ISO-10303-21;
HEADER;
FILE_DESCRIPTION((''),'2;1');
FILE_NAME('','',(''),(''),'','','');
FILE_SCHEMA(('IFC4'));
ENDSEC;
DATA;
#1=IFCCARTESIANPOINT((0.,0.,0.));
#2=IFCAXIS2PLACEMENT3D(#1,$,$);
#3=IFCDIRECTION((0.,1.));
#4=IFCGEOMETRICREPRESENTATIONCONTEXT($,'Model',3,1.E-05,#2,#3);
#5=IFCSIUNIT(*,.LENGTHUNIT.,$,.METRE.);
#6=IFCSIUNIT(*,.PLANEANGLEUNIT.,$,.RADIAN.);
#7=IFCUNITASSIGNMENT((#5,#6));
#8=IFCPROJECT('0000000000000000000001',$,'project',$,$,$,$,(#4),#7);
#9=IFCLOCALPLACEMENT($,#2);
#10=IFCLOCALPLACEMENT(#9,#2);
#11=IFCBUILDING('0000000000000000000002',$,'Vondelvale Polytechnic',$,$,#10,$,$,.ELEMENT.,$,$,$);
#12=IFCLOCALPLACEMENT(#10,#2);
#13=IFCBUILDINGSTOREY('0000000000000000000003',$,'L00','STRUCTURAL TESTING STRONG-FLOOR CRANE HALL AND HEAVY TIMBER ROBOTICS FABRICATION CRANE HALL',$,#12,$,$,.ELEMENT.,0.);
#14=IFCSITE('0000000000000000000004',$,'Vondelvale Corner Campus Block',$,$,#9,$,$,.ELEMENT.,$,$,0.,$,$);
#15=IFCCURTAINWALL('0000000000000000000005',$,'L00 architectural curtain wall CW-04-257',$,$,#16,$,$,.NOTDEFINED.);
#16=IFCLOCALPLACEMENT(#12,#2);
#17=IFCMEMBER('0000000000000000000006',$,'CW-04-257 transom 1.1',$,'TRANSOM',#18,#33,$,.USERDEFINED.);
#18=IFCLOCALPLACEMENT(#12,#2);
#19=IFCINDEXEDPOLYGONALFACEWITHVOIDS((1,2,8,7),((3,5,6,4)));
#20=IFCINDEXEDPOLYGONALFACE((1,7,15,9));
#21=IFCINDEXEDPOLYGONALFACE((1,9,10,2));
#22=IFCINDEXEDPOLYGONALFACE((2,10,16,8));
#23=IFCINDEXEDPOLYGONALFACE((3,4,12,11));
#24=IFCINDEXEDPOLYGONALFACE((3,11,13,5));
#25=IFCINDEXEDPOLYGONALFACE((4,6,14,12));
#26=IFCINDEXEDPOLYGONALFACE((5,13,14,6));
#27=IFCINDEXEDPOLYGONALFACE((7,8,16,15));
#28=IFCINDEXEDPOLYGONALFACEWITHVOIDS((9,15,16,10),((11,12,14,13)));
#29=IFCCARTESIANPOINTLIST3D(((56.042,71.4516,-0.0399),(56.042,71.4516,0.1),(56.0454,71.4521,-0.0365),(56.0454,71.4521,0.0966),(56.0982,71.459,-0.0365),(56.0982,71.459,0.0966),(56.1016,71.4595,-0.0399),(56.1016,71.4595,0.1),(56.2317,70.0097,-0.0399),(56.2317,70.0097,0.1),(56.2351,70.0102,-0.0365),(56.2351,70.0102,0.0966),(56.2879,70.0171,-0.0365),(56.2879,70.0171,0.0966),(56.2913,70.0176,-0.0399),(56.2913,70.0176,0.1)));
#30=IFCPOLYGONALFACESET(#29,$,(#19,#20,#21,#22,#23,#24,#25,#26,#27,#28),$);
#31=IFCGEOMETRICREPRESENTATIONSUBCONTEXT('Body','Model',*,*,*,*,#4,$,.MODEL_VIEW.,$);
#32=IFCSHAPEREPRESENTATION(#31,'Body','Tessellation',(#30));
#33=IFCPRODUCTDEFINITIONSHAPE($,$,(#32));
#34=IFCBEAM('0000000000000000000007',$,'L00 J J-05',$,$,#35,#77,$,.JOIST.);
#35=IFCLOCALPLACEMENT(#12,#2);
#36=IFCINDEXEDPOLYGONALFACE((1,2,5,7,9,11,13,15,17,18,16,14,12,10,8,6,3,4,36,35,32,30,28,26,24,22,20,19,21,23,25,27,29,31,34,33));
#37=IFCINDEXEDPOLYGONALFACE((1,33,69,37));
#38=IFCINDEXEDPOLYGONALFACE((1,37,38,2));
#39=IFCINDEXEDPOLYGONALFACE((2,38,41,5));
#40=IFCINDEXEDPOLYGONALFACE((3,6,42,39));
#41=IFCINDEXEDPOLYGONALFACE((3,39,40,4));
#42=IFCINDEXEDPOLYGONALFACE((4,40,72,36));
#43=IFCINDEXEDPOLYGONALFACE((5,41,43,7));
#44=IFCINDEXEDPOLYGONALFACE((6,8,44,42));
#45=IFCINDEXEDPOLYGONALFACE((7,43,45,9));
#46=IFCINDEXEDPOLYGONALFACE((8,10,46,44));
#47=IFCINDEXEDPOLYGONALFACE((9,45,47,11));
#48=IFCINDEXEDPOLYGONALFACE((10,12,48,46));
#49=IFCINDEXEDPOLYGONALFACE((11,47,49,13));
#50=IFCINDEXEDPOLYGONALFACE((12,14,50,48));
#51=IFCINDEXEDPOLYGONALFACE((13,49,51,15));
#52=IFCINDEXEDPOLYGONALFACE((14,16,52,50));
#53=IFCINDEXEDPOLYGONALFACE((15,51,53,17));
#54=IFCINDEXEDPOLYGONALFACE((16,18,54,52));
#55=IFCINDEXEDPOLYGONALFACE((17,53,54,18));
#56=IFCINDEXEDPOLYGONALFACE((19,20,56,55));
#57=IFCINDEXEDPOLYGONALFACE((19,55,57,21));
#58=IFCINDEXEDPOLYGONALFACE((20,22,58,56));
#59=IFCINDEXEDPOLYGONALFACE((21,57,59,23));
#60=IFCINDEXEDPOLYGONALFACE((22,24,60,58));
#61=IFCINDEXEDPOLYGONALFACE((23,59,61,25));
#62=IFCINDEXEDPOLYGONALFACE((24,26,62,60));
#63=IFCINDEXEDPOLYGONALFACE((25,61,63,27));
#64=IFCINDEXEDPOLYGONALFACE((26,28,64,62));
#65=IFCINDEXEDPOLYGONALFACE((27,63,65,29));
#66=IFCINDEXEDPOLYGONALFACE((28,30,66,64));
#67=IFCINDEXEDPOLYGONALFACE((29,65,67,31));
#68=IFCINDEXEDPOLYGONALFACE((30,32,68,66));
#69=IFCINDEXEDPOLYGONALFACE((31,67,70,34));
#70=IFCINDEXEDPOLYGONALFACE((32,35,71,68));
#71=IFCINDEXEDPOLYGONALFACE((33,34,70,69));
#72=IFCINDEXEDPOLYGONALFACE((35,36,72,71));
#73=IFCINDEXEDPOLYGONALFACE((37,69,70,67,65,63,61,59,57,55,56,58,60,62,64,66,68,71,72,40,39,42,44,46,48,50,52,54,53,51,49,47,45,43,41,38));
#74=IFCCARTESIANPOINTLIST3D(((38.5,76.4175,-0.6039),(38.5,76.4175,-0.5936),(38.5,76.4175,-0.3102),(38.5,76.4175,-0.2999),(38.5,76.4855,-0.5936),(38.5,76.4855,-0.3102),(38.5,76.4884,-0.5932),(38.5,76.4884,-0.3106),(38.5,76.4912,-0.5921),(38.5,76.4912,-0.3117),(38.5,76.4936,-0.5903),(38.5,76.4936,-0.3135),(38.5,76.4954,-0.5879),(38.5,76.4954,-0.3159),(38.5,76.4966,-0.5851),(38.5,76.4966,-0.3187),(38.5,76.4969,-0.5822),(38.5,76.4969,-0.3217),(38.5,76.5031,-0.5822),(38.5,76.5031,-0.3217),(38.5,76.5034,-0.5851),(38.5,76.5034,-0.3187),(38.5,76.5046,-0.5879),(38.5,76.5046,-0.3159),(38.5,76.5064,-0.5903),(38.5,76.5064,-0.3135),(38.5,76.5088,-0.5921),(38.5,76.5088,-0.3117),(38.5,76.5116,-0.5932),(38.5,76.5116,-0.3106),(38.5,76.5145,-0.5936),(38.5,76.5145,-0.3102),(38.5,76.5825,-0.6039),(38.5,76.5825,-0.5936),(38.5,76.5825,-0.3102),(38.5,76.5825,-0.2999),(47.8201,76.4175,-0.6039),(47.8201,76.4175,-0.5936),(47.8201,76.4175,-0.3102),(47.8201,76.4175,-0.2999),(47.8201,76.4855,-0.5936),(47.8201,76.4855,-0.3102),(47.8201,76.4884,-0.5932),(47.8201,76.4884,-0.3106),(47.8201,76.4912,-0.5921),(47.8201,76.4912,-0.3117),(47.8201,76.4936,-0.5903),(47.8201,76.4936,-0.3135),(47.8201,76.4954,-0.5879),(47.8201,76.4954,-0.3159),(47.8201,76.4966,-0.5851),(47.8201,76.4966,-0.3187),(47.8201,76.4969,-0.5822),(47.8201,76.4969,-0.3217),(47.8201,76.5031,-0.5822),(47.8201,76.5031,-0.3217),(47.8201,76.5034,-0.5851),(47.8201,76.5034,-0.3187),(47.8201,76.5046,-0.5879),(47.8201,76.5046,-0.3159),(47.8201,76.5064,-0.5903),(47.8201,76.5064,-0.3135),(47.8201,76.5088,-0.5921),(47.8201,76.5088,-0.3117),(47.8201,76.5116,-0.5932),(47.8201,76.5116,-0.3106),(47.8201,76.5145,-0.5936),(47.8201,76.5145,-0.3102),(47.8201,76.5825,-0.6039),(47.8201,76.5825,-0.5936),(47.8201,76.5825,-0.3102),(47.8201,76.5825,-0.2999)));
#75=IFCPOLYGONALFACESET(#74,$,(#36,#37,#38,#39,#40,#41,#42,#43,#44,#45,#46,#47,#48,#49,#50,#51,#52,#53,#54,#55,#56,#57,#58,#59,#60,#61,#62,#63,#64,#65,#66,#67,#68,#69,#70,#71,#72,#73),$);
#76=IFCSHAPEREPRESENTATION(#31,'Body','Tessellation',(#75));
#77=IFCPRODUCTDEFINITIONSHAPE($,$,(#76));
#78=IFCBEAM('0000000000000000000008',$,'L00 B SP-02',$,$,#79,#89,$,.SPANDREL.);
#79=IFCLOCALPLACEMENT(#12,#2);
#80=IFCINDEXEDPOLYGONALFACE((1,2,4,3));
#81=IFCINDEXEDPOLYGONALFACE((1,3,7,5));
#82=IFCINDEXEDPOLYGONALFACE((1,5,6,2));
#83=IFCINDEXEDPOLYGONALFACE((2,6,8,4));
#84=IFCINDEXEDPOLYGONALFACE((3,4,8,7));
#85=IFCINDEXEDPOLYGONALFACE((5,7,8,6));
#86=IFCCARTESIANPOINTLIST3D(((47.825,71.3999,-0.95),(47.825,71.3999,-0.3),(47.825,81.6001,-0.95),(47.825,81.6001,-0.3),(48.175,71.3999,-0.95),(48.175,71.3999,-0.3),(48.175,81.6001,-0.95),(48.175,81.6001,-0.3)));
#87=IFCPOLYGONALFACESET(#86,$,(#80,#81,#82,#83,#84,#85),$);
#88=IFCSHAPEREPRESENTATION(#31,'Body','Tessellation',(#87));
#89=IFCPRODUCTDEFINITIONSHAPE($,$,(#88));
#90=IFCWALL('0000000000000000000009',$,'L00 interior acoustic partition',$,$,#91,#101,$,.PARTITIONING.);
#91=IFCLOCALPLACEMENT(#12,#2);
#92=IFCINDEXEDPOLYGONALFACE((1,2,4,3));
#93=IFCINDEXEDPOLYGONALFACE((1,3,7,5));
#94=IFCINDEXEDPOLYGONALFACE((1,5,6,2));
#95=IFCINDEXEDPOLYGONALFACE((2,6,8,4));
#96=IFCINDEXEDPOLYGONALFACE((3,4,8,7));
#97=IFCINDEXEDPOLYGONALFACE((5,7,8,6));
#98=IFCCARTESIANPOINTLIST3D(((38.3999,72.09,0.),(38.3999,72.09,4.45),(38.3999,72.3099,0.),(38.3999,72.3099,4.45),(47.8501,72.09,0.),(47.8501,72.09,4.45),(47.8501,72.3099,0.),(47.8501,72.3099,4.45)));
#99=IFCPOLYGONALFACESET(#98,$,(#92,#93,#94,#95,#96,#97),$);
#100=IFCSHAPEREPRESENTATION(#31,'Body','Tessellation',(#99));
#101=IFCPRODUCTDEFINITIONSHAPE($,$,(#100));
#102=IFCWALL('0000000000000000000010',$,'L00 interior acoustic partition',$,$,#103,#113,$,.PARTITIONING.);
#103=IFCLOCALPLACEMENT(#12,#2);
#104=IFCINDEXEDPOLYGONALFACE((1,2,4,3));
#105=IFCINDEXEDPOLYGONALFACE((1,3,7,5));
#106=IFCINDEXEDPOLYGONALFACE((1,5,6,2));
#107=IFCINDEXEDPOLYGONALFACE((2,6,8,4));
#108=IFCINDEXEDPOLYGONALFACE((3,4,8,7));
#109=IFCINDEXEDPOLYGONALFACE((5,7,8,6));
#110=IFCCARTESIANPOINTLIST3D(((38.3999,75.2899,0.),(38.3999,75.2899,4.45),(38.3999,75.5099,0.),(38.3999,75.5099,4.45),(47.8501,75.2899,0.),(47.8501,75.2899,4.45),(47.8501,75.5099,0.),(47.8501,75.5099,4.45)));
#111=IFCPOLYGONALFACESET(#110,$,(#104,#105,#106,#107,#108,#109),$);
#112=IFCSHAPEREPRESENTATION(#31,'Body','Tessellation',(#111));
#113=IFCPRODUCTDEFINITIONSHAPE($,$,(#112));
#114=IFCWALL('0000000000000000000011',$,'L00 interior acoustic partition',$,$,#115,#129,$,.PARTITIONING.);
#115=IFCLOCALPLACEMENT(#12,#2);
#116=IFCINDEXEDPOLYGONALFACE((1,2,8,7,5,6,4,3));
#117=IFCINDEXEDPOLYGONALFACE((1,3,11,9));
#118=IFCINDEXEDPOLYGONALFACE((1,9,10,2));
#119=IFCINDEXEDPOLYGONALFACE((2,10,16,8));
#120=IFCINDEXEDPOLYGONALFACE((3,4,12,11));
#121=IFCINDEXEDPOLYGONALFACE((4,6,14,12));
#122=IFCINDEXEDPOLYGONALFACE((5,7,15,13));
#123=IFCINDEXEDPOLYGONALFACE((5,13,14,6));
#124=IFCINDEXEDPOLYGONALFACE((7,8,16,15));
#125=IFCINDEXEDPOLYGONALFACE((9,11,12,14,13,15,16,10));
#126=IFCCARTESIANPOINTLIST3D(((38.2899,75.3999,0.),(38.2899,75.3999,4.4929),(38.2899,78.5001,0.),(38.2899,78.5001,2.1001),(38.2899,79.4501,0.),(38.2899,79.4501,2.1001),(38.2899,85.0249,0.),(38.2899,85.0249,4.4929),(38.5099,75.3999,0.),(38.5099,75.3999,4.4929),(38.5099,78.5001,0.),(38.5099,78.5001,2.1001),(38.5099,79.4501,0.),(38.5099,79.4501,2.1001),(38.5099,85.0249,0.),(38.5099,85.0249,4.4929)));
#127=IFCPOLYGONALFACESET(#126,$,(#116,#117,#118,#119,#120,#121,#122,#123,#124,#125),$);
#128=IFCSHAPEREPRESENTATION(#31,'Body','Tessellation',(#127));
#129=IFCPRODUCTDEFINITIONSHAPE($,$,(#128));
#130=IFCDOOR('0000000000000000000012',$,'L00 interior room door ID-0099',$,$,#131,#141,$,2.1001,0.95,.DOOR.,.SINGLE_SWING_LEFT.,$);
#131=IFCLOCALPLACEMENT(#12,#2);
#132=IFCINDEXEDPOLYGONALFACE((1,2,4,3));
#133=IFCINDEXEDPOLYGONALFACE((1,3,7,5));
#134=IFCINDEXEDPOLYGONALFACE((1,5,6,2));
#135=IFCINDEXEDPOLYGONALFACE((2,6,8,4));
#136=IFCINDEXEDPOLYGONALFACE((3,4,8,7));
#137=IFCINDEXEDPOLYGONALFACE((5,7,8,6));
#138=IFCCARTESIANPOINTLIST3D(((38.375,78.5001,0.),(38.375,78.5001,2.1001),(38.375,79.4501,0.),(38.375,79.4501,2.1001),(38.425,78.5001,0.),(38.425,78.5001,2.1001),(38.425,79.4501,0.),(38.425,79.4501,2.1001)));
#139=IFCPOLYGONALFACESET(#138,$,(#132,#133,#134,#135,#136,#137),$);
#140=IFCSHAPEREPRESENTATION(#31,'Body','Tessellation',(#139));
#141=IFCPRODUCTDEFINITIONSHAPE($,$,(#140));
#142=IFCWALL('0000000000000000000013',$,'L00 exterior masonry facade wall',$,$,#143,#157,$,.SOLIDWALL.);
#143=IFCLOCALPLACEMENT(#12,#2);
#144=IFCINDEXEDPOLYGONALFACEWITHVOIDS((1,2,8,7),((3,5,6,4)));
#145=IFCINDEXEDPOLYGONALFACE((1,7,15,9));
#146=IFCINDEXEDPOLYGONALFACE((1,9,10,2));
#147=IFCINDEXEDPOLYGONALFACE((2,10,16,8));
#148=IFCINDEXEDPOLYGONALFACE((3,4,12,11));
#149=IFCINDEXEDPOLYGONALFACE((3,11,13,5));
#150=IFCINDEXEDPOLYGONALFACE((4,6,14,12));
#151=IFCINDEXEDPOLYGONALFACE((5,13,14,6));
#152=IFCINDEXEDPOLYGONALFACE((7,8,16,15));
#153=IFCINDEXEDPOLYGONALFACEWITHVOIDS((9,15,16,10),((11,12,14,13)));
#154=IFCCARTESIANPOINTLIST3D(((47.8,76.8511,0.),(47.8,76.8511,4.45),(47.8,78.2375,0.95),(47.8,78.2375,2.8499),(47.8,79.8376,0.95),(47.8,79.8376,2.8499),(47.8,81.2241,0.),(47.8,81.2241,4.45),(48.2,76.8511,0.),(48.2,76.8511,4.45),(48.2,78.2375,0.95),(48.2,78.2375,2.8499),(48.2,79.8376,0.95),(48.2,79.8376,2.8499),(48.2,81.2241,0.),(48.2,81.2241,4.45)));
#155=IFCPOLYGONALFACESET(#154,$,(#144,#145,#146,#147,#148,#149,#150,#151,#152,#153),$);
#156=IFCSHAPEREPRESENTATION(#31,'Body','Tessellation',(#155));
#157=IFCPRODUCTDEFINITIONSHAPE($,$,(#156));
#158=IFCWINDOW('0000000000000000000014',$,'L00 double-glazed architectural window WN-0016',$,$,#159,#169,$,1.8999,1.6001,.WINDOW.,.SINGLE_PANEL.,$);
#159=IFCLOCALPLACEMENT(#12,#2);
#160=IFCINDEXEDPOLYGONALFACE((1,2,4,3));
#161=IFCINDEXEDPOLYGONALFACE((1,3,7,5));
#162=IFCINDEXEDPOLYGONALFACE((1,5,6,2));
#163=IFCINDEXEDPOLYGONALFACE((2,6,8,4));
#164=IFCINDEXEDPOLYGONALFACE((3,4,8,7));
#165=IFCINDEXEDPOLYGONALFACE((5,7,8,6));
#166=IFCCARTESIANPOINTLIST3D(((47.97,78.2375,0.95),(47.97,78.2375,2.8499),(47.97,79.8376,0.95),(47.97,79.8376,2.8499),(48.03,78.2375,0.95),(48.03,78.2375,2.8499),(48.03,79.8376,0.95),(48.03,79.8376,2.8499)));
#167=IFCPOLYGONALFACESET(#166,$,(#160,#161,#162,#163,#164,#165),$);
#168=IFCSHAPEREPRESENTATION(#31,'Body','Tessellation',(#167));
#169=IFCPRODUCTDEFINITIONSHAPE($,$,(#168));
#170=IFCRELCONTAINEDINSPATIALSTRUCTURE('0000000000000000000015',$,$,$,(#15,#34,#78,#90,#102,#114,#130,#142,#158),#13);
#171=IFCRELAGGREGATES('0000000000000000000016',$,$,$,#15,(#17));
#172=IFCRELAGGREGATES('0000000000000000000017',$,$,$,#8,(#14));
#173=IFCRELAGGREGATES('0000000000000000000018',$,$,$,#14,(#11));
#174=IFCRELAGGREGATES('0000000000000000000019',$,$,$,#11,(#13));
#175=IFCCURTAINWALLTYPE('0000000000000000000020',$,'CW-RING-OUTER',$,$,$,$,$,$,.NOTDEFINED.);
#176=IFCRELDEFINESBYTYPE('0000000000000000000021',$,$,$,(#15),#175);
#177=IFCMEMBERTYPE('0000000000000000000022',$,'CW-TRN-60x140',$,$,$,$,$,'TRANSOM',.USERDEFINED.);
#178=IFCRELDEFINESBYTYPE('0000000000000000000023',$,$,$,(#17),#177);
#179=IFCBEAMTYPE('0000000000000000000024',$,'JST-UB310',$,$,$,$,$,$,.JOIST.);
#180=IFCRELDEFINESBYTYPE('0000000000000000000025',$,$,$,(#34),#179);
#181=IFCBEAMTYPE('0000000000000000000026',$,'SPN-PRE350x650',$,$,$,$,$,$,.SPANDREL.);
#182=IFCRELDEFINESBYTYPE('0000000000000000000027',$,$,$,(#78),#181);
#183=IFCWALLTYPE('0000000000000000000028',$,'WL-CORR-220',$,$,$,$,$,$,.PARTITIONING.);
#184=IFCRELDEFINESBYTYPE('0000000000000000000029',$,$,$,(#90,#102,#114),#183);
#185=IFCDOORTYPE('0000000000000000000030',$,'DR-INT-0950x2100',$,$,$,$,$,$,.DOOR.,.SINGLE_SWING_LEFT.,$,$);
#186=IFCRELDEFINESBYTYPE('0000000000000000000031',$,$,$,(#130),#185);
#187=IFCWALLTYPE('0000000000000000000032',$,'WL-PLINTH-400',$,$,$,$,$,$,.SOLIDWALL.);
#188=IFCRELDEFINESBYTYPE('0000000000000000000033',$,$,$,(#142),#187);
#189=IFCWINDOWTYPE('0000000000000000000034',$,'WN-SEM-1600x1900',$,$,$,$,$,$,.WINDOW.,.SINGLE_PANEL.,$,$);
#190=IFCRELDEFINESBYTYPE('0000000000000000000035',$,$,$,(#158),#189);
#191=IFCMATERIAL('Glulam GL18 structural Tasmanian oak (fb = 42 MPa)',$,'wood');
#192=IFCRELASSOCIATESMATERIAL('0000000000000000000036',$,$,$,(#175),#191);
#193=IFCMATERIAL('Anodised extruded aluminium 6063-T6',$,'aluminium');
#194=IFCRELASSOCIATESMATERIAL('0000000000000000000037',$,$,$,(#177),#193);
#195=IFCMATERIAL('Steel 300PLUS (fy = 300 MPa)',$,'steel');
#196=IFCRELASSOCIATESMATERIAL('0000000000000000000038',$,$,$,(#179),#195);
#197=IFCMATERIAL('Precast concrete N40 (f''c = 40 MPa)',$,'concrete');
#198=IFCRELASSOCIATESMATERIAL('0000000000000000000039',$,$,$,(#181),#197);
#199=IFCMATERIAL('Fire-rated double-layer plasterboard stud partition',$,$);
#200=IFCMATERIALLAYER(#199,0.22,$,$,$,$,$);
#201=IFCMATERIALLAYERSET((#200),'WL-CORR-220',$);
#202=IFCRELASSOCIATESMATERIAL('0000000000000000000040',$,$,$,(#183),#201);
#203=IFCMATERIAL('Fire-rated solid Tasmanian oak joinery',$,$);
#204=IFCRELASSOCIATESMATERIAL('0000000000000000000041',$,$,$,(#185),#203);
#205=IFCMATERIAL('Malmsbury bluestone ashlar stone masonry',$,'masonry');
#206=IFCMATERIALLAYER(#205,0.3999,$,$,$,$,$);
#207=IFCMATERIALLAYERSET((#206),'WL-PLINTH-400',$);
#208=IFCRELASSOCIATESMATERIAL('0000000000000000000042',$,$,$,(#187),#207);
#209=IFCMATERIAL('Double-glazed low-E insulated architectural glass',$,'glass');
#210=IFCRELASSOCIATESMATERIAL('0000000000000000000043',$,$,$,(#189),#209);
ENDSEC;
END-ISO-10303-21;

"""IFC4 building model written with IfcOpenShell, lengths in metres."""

from ifc_helpers import new_model, si_unit, direction, frame, frame_2d, origin, origin_2d, place, context, subcontext, project, spatial, rectangle, hollow_rectangle, i_section, extrude, material, layer, layer_set, material_profile, profile_set, type_object, element, fill, aggregate, save


model = new_model("IFC4")

# Units and contexts
model_context = context("Model", 3, precision=1e-05, world=origin(), true_north=direction((0.0, 1.0)))
body_context = subcontext(model_context, "Body", "Model", "MODEL_VIEW")
ifc_project = project(units=[si_unit("LENGTHUNIT", "METRE"), si_unit("PLANEANGLEUNIT", "RADIAN")], contexts=[model_context])

# Site, building, storey
site_placement = place(None, origin())
site = spatial("IfcSite", under=ifc_project, at=site_placement, Name="Vondelvale Corner Campus Block", CompositionType="ELEMENT", RefElevation=0.0)
building_placement = place(site_placement, origin())
building = spatial("IfcBuilding", under=site, at=building_placement, Name="Vondelvale Polytechnic", CompositionType="ELEMENT")
storey_placement = place(building_placement, origin())
storey = spatial("IfcBuildingStorey", under=building, at=storey_placement, Name="L00", Description="STRUCTURAL TESTING STRONG-FLOOR CRANE HALL AND HEAVY TIMBER ROBOTICS FABRICATION CRANE HALL", CompositionType="ELEMENT", Elevation=0.0)

# Shared definitions
ifc_material_1 = material(Name="Steel 300PLUS (fy = 300 MPa)", Category="steel")

# Shared definitions
ifc_material_2 = material(Name="Glulam GL18 structural Tasmanian oak (fb = 42 MPa)", Category="wood")
curtain_wall_type = type_object("IfcCurtainWallType", Name="CW-RING-OUTER", PredefinedType="NOTDEFINED", material=ifc_material_2)
ifc_material_3 = material(Name="Anodised extruded aluminium 6063-T6", Category="aluminium")

# Curtain wall, member
curtain_wall_1_placement = place(storey_placement, origin())
curtain_wall_1 = element("IfcCurtainWall", 1, at=curtain_wall_1_placement, inside=storey, type_object=curtain_wall_type, Name="L00 architectural curtain wall CW-04-257", PredefinedType="NOTDEFINED")
ifc_material_profile_1 = material_profile(ifc_material_3, hollow_rectangle(XDim=0.0601, YDim=0.1399, WallThickness=0.0034, at=origin_2d()), Name="CW-TRN-140x60")
ifc_profile_set_1 = profile_set([ifc_material_profile_1], Name="Anodised extruded aluminium 6063-T6")
member_type_1 = type_object("IfcMemberType", Name="CW-TRN-60x140", ElementType="TRANSOM", PredefinedType="USERDEFINED", material=ifc_profile_set_1)
member_1_placement = place(storey_placement, frame((56.0718, 71.4556, 0.03), z_axis=(0.130437, -0.991457, 0.0), x_axis=(0.991457, 0.130437, 0.0)))
member_1 = element("IfcMember", 2, at=member_1_placement, type_object=member_type_1, Name="CW-04-257 transom 1.1", ObjectType="TRANSOM", PredefinedType="USERDEFINED", context=body_context, shape_type="SweptSolid", body=[
    extrude(hollow_rectangle(XDim=0.0601, YDim=0.1399, WallThickness=0.0034, at=origin_2d()), origin(), (0.0, 0.0, 1.0), 1.4543),
])
aggregate(curtain_wall_1, [member_1])

# Beams
ifc_material_profile_2 = material_profile(ifc_material_1, i_section(OverallWidth=0.165, OverallDepth=0.304, WebThickness=0.0061, FlangeThickness=0.0103, FilletRadius=0.0115, at=origin_2d()), Name="310UB40.4")
ifc_profile_set_2 = profile_set([ifc_material_profile_2], Name="Steel 300PLUS (fy = 300 MPa)")
beam_type_1 = type_object("IfcBeamType", Name="JST-UB310", PredefinedType="JOIST", material=ifc_profile_set_2)
beam_1_placement = place(storey_placement, frame((38.5, 76.5, -0.4519), z_axis=(1.0, 0.0, 0.0), x_axis=(0.0, 1.0, 0.0)))
element("IfcBeam", 3, at=beam_1_placement, inside=storey, type_object=beam_type_1, Name="L00 J J-05", PredefinedType="JOIST", context=body_context, shape_type="SweptSolid", body=[
    extrude(i_section(OverallWidth=0.165, OverallDepth=0.304, WebThickness=0.0061, FlangeThickness=0.0103, FilletRadius=0.0115, at=origin_2d()), origin(), (0.0, 0.0, 1.0), 9.3201),
])
ifc_material_4 = material(Name="Precast concrete N40 (f'c = 40 MPa)", Category="concrete")
ifc_material_profile_3 = material_profile(ifc_material_4, rectangle(XDim=0.3501, YDim=0.6499, at=origin_2d()), Name="RC-SPN-350x650")
ifc_profile_set_3 = profile_set([ifc_material_profile_3], Name="Precast concrete N40 (f'c = 40 MPa)")
beam_type_2 = type_object("IfcBeamType", Name="SPN-PRE350x650", PredefinedType="SPANDREL", material=ifc_profile_set_3)
beam_2_placement = place(storey_placement, frame((48.0, 71.3999, -0.625), z_axis=(0.0, 1.0, 0.0), x_axis=(-1.0, 0.0, 0.0)))
element("IfcBeam", 4, at=beam_2_placement, inside=storey, type_object=beam_type_2, Name="L00 B SP-02", PredefinedType="SPANDREL", context=body_context, shape_type="SweptSolid", body=[
    extrude(rectangle(XDim=0.3501, YDim=0.6499, at=origin_2d()), origin(), (0.0, 0.0, 1.0), 10.2002),
])

# Walls
ifc_material_5 = material(Name="Fire-rated double-layer plasterboard stud partition")
ifc_layer_1 = layer(ifc_material_5, 0.22)
ifc_layer_set_1 = layer_set([ifc_layer_1], Name="WL-CORR-220")
wall_type_1 = type_object("IfcWallType", Name="WL-CORR-220", PredefinedType="PARTITIONING", material=ifc_layer_set_1)
for number, where, z_axis, x_axis, name in (
    (5, (38.3999, 72.2, 0.0), (0.0, 0.0, 1.0), (1.0, 0.0, 0.0), "L00 interior acoustic partition"),
    (6, (38.3999, 75.3999, 0.0), (0.0, 0.0, 1.0), (1.0, 0.0, 0.0), "L00 interior acoustic partition"),
):
    element("IfcWall", number, at=place(storey_placement, frame(where, z_axis=z_axis, x_axis=x_axis)), inside=storey, type_object=wall_type_1, Name=name, PredefinedType="PARTITIONING", context=body_context, shape_type="SweptSolid", body=[
        extrude(rectangle(XDim=9.4502, YDim=0.22, at=frame_2d((4.7251, 0.0))), origin(), (0.0, 0.0, 1.0), 4.45),
    ])

# Wall, opening, door
wall_1_placement = place(storey_placement, frame((38.3999, 75.3999, 0.0), z_axis=(0.0, 0.0, 1.0), x_axis=(0.0, 1.0, 0.0)))
wall_1 = element("IfcWall", 7, at=wall_1_placement, inside=storey, type_object=wall_type_1, Name="L00 interior acoustic partition", PredefinedType="PARTITIONING", context=body_context, shape_type="SweptSolid", body=[
    extrude(rectangle(XDim=9.625, YDim=0.22, at=frame_2d((4.8125, 0.0))), origin(), (0.0, 0.0, 1.0), 4.4929),
])
opening_1_placement = place(wall_1_placement, frame((3.1001, 0.0, 0.0)))
opening_1 = element("IfcOpeningElement", 8, at=opening_1_placement, cuts=wall_1, PredefinedType="OPENING", context=body_context, shape_type="SweptSolid", body=[
    extrude(rectangle(XDim=0.95, YDim=2.1001, at=frame_2d((0.4751, 1.05))), frame((0.0, 0.1199, 0.0), z_axis=(0.0, -1.0, 0.0), x_axis=(1.0, 0.0, 0.0)), (0.0, 0.0, 1.0), 0.24),
])
ifc_material_6 = material(Name="Fire-rated solid Tasmanian oak joinery")
door_type_1 = type_object("IfcDoorType", Name="DR-INT-0950x2100", OperationType="SINGLE_SWING_LEFT", PredefinedType="DOOR", material=ifc_material_6)
door_1_placement = place(opening_1_placement, origin())
door_1 = element("IfcDoor", 9, at=door_1_placement, inside=storey, type_object=door_type_1, Name="L00 interior room door ID-0099", OperationType="SINGLE_SWING_LEFT", OverallHeight=2.1001, OverallWidth=0.95, PredefinedType="DOOR", context=body_context, shape_type="SweptSolid", body=[
    extrude(rectangle(XDim=0.95, YDim=2.1001, at=frame_2d((0.4751, 1.05))), frame((0.0, 0.0249, 0.0), z_axis=(0.0, -1.0, 0.0), x_axis=(1.0, 0.0, 0.0)), (0.0, 0.0, 1.0), 0.05),
])
fill(opening_1, door_1)
ifc_material_7 = material(Name="Malmsbury bluestone ashlar stone masonry", Category="masonry")
ifc_layer_2 = layer(ifc_material_7, 0.3999)
ifc_layer_set_2 = layer_set([ifc_layer_2], Name="WL-PLINTH-400")
wall_type_2 = type_object("IfcWallType", Name="WL-PLINTH-400", PredefinedType="SOLIDWALL", material=ifc_layer_set_2)

# Wall, opening, window
wall_2_placement = place(storey_placement, frame((48.0, 81.2241, 0.0), z_axis=(0.0, 0.0, 1.0), x_axis=(0.0, -1.0, 0.0)))
wall_2 = element("IfcWall", 10, at=wall_2_placement, inside=storey, type_object=wall_type_2, Name="L00 exterior masonry facade wall", PredefinedType="SOLIDWALL", context=body_context, shape_type="SweptSolid", body=[
    extrude(rectangle(XDim=4.373, YDim=0.3999, at=frame_2d((2.1865, 0.0))), origin(), (0.0, 0.0, 1.0), 4.45),
])
opening_2_placement = place(wall_2_placement, frame((1.3865, 0.0, 0.95)))
opening_2 = element("IfcOpeningElement", 11, at=opening_2_placement, cuts=wall_2, PredefinedType="OPENING", context=body_context, shape_type="SweptSolid", body=[
    extrude(rectangle(XDim=1.6001, YDim=1.8999, at=frame_2d((0.8, 0.95))), frame((0.0, 0.21, 0.0), z_axis=(0.0, -1.0, 0.0), x_axis=(1.0, 0.0, 0.0)), (0.0, 0.0, 1.0), 0.4199),
])
ifc_material_8 = material(Name="Double-glazed low-E insulated architectural glass", Category="glass")
window_type = type_object("IfcWindowType", Name="WN-SEM-1600x1900", PartitioningType="SINGLE_PANEL", PredefinedType="WINDOW", material=ifc_material_8)
window_placement = place(opening_2_placement, origin())
window = element("IfcWindow", 12, at=window_placement, inside=storey, type_object=window_type, Name="L00 double-glazed architectural window WN-0016", OverallHeight=1.8999, OverallWidth=1.6001, PartitioningType="SINGLE_PANEL", PredefinedType="WINDOW", context=body_context, shape_type="SweptSolid", body=[
    extrude(rectangle(XDim=1.6001, YDim=1.8999, at=frame_2d((0.8, 0.95))), frame((0.0, 0.03, 0.0), z_axis=(0.0, -1.0, 0.0), x_axis=(1.0, 0.0, 0.0)), (0.0, 0.0, 1.0), 0.0601),
])
fill(opening_2, window)

save(model, "model.ifc")
